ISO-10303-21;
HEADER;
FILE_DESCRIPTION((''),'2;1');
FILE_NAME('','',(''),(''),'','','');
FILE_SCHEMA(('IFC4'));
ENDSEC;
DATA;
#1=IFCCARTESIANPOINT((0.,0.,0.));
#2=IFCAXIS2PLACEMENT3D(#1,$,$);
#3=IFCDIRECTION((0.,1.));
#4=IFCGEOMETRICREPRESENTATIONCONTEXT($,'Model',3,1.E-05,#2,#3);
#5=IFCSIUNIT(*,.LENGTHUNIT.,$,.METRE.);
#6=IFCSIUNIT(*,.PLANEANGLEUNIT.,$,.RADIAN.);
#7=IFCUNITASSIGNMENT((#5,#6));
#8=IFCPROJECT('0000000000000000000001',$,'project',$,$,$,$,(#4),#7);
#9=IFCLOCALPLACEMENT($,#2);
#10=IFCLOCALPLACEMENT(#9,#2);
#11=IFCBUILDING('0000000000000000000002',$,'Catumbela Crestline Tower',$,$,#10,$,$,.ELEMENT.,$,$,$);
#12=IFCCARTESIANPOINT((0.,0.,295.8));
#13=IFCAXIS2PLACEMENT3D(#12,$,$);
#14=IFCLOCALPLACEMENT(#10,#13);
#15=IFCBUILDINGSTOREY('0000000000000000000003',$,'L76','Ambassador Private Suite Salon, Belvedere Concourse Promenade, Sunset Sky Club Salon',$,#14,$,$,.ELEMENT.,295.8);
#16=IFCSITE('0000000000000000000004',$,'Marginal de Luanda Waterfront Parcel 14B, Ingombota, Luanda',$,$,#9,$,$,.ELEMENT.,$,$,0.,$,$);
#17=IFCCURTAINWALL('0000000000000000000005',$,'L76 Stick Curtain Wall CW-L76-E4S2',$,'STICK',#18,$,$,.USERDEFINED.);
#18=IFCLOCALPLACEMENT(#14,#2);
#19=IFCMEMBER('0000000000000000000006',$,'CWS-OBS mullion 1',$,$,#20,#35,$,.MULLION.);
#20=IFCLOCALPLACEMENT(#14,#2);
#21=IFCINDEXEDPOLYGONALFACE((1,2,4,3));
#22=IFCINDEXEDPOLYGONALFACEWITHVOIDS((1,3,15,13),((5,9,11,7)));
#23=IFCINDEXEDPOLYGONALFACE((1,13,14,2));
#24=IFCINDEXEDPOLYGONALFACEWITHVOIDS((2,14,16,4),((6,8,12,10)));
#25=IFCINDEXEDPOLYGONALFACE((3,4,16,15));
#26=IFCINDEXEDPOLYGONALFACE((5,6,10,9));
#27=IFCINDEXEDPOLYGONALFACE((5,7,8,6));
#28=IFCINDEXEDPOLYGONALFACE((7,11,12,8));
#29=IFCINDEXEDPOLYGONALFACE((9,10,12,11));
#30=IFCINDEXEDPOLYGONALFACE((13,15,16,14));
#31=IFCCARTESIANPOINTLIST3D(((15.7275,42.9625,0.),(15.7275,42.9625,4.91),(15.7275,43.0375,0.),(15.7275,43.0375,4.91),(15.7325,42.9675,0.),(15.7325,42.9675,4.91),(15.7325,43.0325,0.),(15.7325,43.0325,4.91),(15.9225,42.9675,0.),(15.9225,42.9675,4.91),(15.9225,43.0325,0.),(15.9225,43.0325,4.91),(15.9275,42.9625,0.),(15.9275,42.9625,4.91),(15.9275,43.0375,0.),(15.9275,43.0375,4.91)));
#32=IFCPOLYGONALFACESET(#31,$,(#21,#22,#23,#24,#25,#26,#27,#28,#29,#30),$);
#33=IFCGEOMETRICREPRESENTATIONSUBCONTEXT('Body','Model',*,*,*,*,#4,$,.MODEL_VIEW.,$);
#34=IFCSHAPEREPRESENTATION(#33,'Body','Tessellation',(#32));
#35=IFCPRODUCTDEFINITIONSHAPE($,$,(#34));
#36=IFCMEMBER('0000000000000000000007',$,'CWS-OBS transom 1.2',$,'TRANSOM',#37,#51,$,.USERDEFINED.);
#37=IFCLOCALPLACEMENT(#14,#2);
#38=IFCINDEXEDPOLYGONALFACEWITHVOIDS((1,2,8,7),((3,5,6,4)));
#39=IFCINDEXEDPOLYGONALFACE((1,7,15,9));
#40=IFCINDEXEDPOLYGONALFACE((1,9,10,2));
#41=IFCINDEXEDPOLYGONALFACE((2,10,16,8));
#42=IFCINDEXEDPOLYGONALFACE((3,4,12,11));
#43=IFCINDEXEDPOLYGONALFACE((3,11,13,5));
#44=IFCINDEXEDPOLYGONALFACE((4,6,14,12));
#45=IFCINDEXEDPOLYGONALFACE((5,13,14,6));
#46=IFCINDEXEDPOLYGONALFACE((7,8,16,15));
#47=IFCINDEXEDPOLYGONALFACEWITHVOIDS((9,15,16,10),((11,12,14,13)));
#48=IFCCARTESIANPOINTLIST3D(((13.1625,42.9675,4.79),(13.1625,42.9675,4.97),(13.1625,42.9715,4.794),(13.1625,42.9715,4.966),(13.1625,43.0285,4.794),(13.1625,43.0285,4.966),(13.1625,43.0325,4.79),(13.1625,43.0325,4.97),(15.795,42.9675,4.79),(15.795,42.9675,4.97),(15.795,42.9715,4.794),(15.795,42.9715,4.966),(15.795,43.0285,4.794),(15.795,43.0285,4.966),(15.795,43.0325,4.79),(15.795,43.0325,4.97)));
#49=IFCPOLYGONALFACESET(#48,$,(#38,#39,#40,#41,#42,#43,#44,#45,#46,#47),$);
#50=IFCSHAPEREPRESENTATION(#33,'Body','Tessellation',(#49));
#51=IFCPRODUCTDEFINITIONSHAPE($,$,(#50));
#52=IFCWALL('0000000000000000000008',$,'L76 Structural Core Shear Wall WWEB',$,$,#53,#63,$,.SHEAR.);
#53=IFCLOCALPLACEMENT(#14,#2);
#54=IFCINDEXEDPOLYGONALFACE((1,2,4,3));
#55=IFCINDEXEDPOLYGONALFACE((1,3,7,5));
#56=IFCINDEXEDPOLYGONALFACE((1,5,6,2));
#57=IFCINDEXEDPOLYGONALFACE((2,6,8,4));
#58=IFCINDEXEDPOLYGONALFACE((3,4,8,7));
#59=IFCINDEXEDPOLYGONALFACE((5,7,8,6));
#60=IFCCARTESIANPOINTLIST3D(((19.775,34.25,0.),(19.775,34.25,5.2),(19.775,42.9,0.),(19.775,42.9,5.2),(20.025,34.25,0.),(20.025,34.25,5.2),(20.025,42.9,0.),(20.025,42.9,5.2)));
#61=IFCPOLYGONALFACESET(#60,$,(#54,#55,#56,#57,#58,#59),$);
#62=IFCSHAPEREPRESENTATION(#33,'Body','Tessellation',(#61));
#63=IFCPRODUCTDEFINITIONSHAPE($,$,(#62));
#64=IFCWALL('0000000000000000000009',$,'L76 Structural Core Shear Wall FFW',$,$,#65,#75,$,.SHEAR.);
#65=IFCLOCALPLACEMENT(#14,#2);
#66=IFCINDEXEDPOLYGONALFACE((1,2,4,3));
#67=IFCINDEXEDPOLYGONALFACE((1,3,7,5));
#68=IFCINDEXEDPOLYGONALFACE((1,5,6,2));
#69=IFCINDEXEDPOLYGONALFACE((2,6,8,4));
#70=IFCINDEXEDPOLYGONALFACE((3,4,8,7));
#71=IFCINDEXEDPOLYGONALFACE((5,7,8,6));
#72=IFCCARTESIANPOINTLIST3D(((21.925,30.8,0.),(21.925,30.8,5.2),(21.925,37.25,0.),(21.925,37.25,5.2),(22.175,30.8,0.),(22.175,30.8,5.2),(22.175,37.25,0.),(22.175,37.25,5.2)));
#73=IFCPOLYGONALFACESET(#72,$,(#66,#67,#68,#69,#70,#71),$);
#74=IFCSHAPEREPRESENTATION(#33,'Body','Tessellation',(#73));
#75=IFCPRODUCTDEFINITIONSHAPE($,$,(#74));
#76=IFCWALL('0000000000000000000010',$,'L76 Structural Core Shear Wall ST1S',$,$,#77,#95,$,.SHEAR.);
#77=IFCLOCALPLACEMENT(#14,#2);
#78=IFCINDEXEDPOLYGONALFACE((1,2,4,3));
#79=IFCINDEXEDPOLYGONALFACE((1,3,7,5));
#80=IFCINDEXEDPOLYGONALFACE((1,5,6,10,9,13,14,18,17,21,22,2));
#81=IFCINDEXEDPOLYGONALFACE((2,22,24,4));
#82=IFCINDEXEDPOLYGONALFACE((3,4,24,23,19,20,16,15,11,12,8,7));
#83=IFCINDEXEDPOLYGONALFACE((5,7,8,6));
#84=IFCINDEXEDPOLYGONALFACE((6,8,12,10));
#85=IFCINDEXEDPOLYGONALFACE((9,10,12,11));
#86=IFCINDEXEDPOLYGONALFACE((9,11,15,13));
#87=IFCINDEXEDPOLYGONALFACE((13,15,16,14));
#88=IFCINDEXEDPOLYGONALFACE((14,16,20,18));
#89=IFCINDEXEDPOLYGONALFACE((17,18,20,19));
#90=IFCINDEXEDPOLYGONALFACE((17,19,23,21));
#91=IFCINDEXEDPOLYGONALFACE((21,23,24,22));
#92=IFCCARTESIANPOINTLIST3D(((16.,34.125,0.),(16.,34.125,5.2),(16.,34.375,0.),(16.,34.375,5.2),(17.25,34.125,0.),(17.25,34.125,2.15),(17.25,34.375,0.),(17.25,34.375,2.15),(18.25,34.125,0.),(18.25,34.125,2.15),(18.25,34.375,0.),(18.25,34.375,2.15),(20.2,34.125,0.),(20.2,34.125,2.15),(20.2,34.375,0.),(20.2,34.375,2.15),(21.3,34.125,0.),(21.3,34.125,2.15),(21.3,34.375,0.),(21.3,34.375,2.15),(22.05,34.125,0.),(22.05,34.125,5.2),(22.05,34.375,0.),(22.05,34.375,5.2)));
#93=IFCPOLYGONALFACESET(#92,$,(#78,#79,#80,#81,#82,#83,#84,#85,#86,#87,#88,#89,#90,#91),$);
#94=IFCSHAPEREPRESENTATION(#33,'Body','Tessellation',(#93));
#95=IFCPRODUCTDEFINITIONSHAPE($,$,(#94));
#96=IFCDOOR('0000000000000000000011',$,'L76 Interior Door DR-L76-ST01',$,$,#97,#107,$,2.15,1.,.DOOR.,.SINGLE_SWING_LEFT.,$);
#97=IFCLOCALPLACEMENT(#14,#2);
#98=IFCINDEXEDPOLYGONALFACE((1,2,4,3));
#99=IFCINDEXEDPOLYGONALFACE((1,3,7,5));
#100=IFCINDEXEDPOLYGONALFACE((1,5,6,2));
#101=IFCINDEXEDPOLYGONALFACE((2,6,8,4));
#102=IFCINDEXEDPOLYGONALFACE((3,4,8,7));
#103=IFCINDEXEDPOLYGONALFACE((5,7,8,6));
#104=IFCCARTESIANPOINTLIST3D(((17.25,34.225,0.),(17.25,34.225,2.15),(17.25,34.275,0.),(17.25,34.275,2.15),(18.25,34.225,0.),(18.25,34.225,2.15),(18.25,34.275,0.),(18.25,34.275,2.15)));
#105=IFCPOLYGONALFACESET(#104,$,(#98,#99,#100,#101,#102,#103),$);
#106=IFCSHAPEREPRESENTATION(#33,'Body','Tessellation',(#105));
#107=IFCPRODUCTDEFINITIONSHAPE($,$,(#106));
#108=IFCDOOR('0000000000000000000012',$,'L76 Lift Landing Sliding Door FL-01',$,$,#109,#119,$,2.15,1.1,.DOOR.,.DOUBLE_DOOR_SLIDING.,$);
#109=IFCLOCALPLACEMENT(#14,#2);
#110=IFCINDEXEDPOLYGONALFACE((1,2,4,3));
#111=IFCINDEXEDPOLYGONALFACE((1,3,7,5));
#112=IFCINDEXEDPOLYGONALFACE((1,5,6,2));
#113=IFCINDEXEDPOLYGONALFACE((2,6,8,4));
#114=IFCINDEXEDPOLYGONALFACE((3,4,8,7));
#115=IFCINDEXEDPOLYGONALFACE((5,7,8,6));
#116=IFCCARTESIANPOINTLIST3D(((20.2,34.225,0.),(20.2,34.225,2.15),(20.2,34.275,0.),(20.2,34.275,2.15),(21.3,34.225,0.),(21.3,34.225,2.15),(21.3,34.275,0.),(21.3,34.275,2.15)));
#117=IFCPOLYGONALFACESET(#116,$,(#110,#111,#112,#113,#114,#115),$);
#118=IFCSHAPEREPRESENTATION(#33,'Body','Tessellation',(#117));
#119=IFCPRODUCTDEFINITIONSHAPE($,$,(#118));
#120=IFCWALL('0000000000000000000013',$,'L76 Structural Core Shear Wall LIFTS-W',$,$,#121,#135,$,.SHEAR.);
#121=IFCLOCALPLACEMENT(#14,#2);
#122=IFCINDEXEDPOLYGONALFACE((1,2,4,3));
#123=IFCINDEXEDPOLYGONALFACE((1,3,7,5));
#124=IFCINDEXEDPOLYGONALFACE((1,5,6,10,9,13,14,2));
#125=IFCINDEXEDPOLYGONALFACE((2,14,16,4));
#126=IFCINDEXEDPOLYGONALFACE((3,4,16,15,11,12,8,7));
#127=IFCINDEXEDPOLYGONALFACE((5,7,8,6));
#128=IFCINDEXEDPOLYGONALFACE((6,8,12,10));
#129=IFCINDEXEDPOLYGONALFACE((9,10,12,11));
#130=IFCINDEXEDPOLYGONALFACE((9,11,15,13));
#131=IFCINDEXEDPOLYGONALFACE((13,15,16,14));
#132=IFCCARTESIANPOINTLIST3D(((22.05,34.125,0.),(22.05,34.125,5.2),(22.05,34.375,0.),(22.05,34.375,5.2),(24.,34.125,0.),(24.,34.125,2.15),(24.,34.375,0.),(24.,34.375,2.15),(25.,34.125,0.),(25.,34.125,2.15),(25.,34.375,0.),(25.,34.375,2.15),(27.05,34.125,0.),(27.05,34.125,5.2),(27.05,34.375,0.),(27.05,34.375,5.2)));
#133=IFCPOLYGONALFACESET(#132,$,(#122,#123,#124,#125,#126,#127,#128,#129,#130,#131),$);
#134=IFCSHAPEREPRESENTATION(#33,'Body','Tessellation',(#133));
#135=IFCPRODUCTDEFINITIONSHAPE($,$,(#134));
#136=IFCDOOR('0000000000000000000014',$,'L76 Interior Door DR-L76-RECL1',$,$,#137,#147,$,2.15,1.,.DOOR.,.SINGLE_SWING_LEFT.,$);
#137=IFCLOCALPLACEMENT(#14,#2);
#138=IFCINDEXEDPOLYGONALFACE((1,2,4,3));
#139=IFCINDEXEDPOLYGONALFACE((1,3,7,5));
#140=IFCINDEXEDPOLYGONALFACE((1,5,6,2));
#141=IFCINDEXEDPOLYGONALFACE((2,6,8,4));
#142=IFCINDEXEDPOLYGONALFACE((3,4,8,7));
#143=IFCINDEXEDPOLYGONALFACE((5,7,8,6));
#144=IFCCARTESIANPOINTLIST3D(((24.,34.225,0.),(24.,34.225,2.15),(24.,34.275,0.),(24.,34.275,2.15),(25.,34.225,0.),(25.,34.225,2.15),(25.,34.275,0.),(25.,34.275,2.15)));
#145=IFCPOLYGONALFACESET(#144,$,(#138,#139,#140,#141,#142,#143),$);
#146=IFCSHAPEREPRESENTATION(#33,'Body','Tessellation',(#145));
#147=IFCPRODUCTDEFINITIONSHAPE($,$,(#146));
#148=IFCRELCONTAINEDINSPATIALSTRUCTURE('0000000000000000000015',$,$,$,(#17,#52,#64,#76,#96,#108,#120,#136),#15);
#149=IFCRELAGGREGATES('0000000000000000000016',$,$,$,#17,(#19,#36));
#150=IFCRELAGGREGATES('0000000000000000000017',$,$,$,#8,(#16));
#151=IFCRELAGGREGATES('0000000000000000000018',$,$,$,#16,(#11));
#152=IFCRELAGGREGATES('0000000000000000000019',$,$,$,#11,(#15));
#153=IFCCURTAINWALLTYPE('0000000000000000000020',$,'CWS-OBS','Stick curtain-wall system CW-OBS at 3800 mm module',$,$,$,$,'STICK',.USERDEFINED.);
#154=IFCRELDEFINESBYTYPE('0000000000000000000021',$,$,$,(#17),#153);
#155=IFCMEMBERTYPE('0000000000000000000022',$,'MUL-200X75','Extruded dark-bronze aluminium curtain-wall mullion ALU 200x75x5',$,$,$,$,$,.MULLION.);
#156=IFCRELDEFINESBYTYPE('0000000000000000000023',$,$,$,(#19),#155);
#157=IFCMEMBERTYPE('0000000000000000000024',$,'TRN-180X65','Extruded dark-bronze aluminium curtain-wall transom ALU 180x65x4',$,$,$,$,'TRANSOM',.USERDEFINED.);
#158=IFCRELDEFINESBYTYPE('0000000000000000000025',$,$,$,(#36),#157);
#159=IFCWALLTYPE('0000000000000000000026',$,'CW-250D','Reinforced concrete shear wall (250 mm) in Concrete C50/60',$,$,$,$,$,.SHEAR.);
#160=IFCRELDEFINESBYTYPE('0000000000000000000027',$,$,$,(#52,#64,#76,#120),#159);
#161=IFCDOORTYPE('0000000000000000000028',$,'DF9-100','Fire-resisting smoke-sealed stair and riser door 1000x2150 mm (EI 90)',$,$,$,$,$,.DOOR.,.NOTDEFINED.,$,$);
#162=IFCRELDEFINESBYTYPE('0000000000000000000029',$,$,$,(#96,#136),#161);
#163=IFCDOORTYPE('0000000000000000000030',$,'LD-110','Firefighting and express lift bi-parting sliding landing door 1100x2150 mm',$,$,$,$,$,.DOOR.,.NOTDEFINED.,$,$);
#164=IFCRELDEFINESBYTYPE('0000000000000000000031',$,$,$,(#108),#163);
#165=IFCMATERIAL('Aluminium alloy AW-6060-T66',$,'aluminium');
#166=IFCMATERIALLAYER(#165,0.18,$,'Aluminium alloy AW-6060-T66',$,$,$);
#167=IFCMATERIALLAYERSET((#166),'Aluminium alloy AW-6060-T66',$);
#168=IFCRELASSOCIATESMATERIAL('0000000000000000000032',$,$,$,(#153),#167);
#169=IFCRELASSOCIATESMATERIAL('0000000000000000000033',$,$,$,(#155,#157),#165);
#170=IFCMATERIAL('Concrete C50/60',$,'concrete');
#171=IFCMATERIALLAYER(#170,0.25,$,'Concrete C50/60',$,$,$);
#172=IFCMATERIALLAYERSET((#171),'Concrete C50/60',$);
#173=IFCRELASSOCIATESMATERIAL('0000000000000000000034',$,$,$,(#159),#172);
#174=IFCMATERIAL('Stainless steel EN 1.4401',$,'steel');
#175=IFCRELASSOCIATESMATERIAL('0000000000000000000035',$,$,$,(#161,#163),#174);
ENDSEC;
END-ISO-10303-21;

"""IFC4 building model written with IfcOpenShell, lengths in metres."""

from ifc_helpers import new_model, si_unit, direction, frame, frame_2d, origin, origin_2d, place, context, subcontext, project, spatial, rectangle, hollow_rectangle, extrude, material, layer, layer_set, material_profile, profile_set, type_object, element, fill, aggregate, save


model = new_model("IFC4")

# Units and contexts
model_context = context("Model", 3, precision=1e-05, world=origin(), true_north=direction((0.0, 1.0)))
body_context = subcontext(model_context, "Body", "Model", "MODEL_VIEW")
ifc_project = project(units=[si_unit("LENGTHUNIT", "METRE"), si_unit("PLANEANGLEUNIT", "RADIAN")], contexts=[model_context])

# Site, building, storey
site_placement = place(None, origin())
site = spatial("IfcSite", under=ifc_project, at=site_placement, Name="Marginal de Luanda Waterfront Parcel 14B, Ingombota, Luanda", CompositionType="ELEMENT", RefElevation=0.0)
building_placement = place(site_placement, origin())
building = spatial("IfcBuilding", under=site, at=building_placement, Name="Catumbela Crestline Tower", CompositionType="ELEMENT")
storey_placement = place(building_placement, frame((0.0, 0.0, 295.8)))
storey = spatial("IfcBuildingStorey", under=building, at=storey_placement, Name="L76", Description="Ambassador Private Suite Salon, Belvedere Concourse Promenade, Sunset Sky Club Salon", CompositionType="ELEMENT", Elevation=295.8)

# Curtain wall, members
ifc_material_1 = material(Name="Aluminium alloy AW-6060-T66", Category="aluminium")
ifc_layer_1 = layer(ifc_material_1, 0.18, Name="Aluminium alloy AW-6060-T66")
ifc_layer_set_1 = layer_set([ifc_layer_1], Name="Aluminium alloy AW-6060-T66")
curtain_wall_type = type_object("IfcCurtainWallType", Name="CWS-OBS", Description="Stick curtain-wall system CW-OBS at 3800 mm module", ElementType="STICK", PredefinedType="USERDEFINED", material=ifc_layer_set_1)
curtain_wall_placement = place(storey_placement, origin())
curtain_wall = element("IfcCurtainWall", 1, at=curtain_wall_placement, inside=storey, type_object=curtain_wall_type, Name="L76 Stick Curtain Wall CW-L76-E4S2", ObjectType="STICK", PredefinedType="USERDEFINED")
ifc_material_profile_1 = material_profile(ifc_material_1, hollow_rectangle(XDim=0.075, YDim=0.2, WallThickness=0.005, at=origin_2d()), Name="ALU 200x75x5")
ifc_profile_set_1 = profile_set([ifc_material_profile_1], Name="Aluminium alloy AW-6060-T66")
member_type_1 = type_object("IfcMemberType", Name="MUL-200X75", Description="Extruded dark-bronze aluminium curtain-wall mullion ALU 200x75x5", PredefinedType="MULLION", material=ifc_profile_set_1)
member_1_placement = place(storey_placement, frame((15.8275, 43.0, 0.0), z_axis=(0.0, 0.0, 1.0), x_axis=(0.0, -1.0, 0.0)))
member_1 = element("IfcMember", 2, at=member_1_placement, type_object=member_type_1, Name="CWS-OBS mullion 1", PredefinedType="MULLION", context=body_context, shape_type="SweptSolid", body=[
    extrude(hollow_rectangle(XDim=0.075, YDim=0.2, WallThickness=0.005, at=origin_2d()), origin(), (0.0, 0.0, 1.0), 4.91),
])
ifc_material_profile_2 = material_profile(ifc_material_1, hollow_rectangle(XDim=0.065, YDim=0.18, WallThickness=0.004, at=origin_2d()), Name="ALU 180x65x4")
ifc_profile_set_2 = profile_set([ifc_material_profile_2], Name="Aluminium alloy AW-6060-T66")
member_type_2 = type_object("IfcMemberType", Name="TRN-180X65", Description="Extruded dark-bronze aluminium curtain-wall transom ALU 180x65x4", ElementType="TRANSOM", PredefinedType="USERDEFINED", material=ifc_profile_set_2)
member_2_placement = place(storey_placement, frame((15.795, 43.0, 4.88), z_axis=(-1.0, 0.0, 0.0), x_axis=(0.0, -1.0, 0.0)))
member_2 = element("IfcMember", 3, at=member_2_placement, type_object=member_type_2, Name="CWS-OBS transom 1.2", ObjectType="TRANSOM", PredefinedType="USERDEFINED", context=body_context, shape_type="SweptSolid", body=[
    extrude(hollow_rectangle(XDim=0.065, YDim=0.18, WallThickness=0.004, at=origin_2d()), origin(), (0.0, 0.0, 1.0), 2.6325),
])
aggregate(curtain_wall, [member_1, member_2])

# Walls
ifc_material_2 = material(Name="Concrete C50/60", Category="concrete")
ifc_layer_2 = layer(ifc_material_2, 0.25, Name="Concrete C50/60")
ifc_layer_set_2 = layer_set([ifc_layer_2], Name="Concrete C50/60")
wall_type_1 = type_object("IfcWallType", Name="CW-250D", Description="Reinforced concrete shear wall (250 mm) in Concrete C50/60", PredefinedType="SHEAR", material=ifc_layer_set_2)
wall_1_placement = place(storey_placement, frame((19.9, 34.25, 0.0), z_axis=(0.0, 0.0, 1.0), x_axis=(0.0, 1.0, 0.0)))
element("IfcWall", 4, at=wall_1_placement, inside=storey, type_object=wall_type_1, Name="L76 Structural Core Shear Wall WWEB", PredefinedType="SHEAR", context=body_context, shape_type="SweptSolid", body=[
    extrude(rectangle(XDim=8.65, YDim=0.25, at=frame_2d((4.325, 0.0))), origin(), (0.0, 0.0, 1.0), 5.2),
])
wall_2_placement = place(storey_placement, frame((22.05, 30.8, 0.0), z_axis=(0.0, 0.0, 1.0), x_axis=(0.0, 1.0, 0.0)))
element("IfcWall", 5, at=wall_2_placement, inside=storey, type_object=wall_type_1, Name="L76 Structural Core Shear Wall FFW", PredefinedType="SHEAR", context=body_context, shape_type="SweptSolid", body=[
    extrude(rectangle(XDim=6.45, YDim=0.25, at=frame_2d((3.225, 0.0))), origin(), (0.0, 0.0, 1.0), 5.2),
])

# Wall, openings, doors
wall_3_placement = place(storey_placement, frame((16.0, 34.25, 0.0), z_axis=(0.0, 0.0, 1.0), x_axis=(1.0, 0.0, 0.0)))
wall_3 = element("IfcWall", 6, at=wall_3_placement, inside=storey, type_object=wall_type_1, Name="L76 Structural Core Shear Wall ST1S", PredefinedType="SHEAR", context=body_context, shape_type="SweptSolid", body=[
    extrude(rectangle(XDim=6.05, YDim=0.25, at=frame_2d((3.025, 0.0))), origin(), (0.0, 0.0, 1.0), 5.2),
])
opening_1_placement = place(wall_3_placement, frame((1.25, 0.0, 0.0)))
opening_1 = element("IfcOpeningElement", 7, at=opening_1_placement, cuts=wall_3, PredefinedType="OPENING", context=body_context, shape_type="SweptSolid", body=[
    extrude(rectangle(XDim=1.0, YDim=2.15, at=frame_2d((0.5, 1.075))), frame((0.0, 0.135, 0.0), z_axis=(0.0, -1.0, 0.0), x_axis=(1.0, 0.0, 0.0)), (0.0, 0.0, 1.0), 0.27),
])
opening_2_placement = place(wall_3_placement, frame((4.2, 0.0, 0.0)))
opening_2 = element("IfcOpeningElement", 8, at=opening_2_placement, cuts=wall_3, PredefinedType="OPENING", context=body_context, shape_type="SweptSolid", body=[
    extrude(rectangle(XDim=1.1, YDim=2.15, at=frame_2d((0.55, 1.075))), frame((0.0, 0.135, 0.0), z_axis=(0.0, -1.0, 0.0), x_axis=(1.0, 0.0, 0.0)), (0.0, 0.0, 1.0), 0.27),
])
ifc_material_3 = material(Name="Stainless steel EN 1.4401", Category="steel")
door_type_1 = type_object("IfcDoorType", Name="DF9-100", Description="Fire-resisting smoke-sealed stair and riser door 1000x2150 mm (EI 90)", OperationType="NOTDEFINED", PredefinedType="DOOR", material=ifc_material_3)
door_1_placement = place(opening_1_placement, origin())
door_1 = element("IfcDoor", 9, at=door_1_placement, inside=storey, type_object=door_type_1, Name="L76 Interior Door DR-L76-ST01", OperationType="SINGLE_SWING_LEFT", OverallHeight=2.15, OverallWidth=1.0, PredefinedType="DOOR", context=body_context, shape_type="SweptSolid", body=[
    extrude(rectangle(XDim=1.0, YDim=2.15, at=frame_2d((0.5, 1.075))), frame((0.0, 0.025, 0.0), z_axis=(0.0, -1.0, 0.0), x_axis=(1.0, 0.0, 0.0)), (0.0, 0.0, 1.0), 0.05),
])
fill(opening_1, door_1)
door_type_2 = type_object("IfcDoorType", Name="LD-110", Description="Firefighting and express lift bi-parting sliding landing door 1100x2150 mm", OperationType="NOTDEFINED", PredefinedType="DOOR", material=ifc_material_3)
door_2_placement = place(opening_2_placement, origin())
door_2 = element("IfcDoor", 10, at=door_2_placement, inside=storey, type_object=door_type_2, Name="L76 Lift Landing Sliding Door FL-01", OperationType="DOUBLE_DOOR_SLIDING", OverallHeight=2.15, OverallWidth=1.1, PredefinedType="DOOR", context=body_context, shape_type="SweptSolid", body=[
    extrude(rectangle(XDim=1.1, YDim=2.15, at=frame_2d((0.55, 1.075))), frame((0.0, 0.025, 0.0), z_axis=(0.0, -1.0, 0.0), x_axis=(1.0, 0.0, 0.0)), (0.0, 0.0, 1.0), 0.05),
])
fill(opening_2, door_2)

# Wall, opening, door
wall_4_placement = place(storey_placement, frame((22.05, 34.25, 0.0), z_axis=(0.0, 0.0, 1.0), x_axis=(1.0, 0.0, 0.0)))
wall_4 = element("IfcWall", 11, at=wall_4_placement, inside=storey, type_object=wall_type_1, Name="L76 Structural Core Shear Wall LIFTS-W", PredefinedType="SHEAR", context=body_context, shape_type="SweptSolid", body=[
    extrude(rectangle(XDim=5.0, YDim=0.25, at=frame_2d((2.5, 0.0))), origin(), (0.0, 0.0, 1.0), 5.2),
])
opening_3_placement = place(wall_4_placement, frame((1.95, 0.0, 0.0)))
opening_3 = element("IfcOpeningElement", 12, at=opening_3_placement, cuts=wall_4, PredefinedType="OPENING", context=body_context, shape_type="SweptSolid", body=[
    extrude(rectangle(XDim=1.0, YDim=2.15, at=frame_2d((0.5, 1.075))), frame((0.0, 0.135, 0.0), z_axis=(0.0, -1.0, 0.0), x_axis=(1.0, 0.0, 0.0)), (0.0, 0.0, 1.0), 0.27),
])
door_3_placement = place(opening_3_placement, origin())
door_3 = element("IfcDoor", 13, at=door_3_placement, inside=storey, type_object=door_type_1, Name="L76 Interior Door DR-L76-RECL1", OperationType="SINGLE_SWING_LEFT", OverallHeight=2.15, OverallWidth=1.0, PredefinedType="DOOR", context=body_context, shape_type="SweptSolid", body=[
    extrude(rectangle(XDim=1.0, YDim=2.15, at=frame_2d((0.5, 1.075))), frame((0.0, 0.025, 0.0), z_axis=(0.0, -1.0, 0.0), x_axis=(1.0, 0.0, 0.0)), (0.0, 0.0, 1.0), 0.05),
])
fill(opening_3, door_3)

save(model, "model.ifc")
